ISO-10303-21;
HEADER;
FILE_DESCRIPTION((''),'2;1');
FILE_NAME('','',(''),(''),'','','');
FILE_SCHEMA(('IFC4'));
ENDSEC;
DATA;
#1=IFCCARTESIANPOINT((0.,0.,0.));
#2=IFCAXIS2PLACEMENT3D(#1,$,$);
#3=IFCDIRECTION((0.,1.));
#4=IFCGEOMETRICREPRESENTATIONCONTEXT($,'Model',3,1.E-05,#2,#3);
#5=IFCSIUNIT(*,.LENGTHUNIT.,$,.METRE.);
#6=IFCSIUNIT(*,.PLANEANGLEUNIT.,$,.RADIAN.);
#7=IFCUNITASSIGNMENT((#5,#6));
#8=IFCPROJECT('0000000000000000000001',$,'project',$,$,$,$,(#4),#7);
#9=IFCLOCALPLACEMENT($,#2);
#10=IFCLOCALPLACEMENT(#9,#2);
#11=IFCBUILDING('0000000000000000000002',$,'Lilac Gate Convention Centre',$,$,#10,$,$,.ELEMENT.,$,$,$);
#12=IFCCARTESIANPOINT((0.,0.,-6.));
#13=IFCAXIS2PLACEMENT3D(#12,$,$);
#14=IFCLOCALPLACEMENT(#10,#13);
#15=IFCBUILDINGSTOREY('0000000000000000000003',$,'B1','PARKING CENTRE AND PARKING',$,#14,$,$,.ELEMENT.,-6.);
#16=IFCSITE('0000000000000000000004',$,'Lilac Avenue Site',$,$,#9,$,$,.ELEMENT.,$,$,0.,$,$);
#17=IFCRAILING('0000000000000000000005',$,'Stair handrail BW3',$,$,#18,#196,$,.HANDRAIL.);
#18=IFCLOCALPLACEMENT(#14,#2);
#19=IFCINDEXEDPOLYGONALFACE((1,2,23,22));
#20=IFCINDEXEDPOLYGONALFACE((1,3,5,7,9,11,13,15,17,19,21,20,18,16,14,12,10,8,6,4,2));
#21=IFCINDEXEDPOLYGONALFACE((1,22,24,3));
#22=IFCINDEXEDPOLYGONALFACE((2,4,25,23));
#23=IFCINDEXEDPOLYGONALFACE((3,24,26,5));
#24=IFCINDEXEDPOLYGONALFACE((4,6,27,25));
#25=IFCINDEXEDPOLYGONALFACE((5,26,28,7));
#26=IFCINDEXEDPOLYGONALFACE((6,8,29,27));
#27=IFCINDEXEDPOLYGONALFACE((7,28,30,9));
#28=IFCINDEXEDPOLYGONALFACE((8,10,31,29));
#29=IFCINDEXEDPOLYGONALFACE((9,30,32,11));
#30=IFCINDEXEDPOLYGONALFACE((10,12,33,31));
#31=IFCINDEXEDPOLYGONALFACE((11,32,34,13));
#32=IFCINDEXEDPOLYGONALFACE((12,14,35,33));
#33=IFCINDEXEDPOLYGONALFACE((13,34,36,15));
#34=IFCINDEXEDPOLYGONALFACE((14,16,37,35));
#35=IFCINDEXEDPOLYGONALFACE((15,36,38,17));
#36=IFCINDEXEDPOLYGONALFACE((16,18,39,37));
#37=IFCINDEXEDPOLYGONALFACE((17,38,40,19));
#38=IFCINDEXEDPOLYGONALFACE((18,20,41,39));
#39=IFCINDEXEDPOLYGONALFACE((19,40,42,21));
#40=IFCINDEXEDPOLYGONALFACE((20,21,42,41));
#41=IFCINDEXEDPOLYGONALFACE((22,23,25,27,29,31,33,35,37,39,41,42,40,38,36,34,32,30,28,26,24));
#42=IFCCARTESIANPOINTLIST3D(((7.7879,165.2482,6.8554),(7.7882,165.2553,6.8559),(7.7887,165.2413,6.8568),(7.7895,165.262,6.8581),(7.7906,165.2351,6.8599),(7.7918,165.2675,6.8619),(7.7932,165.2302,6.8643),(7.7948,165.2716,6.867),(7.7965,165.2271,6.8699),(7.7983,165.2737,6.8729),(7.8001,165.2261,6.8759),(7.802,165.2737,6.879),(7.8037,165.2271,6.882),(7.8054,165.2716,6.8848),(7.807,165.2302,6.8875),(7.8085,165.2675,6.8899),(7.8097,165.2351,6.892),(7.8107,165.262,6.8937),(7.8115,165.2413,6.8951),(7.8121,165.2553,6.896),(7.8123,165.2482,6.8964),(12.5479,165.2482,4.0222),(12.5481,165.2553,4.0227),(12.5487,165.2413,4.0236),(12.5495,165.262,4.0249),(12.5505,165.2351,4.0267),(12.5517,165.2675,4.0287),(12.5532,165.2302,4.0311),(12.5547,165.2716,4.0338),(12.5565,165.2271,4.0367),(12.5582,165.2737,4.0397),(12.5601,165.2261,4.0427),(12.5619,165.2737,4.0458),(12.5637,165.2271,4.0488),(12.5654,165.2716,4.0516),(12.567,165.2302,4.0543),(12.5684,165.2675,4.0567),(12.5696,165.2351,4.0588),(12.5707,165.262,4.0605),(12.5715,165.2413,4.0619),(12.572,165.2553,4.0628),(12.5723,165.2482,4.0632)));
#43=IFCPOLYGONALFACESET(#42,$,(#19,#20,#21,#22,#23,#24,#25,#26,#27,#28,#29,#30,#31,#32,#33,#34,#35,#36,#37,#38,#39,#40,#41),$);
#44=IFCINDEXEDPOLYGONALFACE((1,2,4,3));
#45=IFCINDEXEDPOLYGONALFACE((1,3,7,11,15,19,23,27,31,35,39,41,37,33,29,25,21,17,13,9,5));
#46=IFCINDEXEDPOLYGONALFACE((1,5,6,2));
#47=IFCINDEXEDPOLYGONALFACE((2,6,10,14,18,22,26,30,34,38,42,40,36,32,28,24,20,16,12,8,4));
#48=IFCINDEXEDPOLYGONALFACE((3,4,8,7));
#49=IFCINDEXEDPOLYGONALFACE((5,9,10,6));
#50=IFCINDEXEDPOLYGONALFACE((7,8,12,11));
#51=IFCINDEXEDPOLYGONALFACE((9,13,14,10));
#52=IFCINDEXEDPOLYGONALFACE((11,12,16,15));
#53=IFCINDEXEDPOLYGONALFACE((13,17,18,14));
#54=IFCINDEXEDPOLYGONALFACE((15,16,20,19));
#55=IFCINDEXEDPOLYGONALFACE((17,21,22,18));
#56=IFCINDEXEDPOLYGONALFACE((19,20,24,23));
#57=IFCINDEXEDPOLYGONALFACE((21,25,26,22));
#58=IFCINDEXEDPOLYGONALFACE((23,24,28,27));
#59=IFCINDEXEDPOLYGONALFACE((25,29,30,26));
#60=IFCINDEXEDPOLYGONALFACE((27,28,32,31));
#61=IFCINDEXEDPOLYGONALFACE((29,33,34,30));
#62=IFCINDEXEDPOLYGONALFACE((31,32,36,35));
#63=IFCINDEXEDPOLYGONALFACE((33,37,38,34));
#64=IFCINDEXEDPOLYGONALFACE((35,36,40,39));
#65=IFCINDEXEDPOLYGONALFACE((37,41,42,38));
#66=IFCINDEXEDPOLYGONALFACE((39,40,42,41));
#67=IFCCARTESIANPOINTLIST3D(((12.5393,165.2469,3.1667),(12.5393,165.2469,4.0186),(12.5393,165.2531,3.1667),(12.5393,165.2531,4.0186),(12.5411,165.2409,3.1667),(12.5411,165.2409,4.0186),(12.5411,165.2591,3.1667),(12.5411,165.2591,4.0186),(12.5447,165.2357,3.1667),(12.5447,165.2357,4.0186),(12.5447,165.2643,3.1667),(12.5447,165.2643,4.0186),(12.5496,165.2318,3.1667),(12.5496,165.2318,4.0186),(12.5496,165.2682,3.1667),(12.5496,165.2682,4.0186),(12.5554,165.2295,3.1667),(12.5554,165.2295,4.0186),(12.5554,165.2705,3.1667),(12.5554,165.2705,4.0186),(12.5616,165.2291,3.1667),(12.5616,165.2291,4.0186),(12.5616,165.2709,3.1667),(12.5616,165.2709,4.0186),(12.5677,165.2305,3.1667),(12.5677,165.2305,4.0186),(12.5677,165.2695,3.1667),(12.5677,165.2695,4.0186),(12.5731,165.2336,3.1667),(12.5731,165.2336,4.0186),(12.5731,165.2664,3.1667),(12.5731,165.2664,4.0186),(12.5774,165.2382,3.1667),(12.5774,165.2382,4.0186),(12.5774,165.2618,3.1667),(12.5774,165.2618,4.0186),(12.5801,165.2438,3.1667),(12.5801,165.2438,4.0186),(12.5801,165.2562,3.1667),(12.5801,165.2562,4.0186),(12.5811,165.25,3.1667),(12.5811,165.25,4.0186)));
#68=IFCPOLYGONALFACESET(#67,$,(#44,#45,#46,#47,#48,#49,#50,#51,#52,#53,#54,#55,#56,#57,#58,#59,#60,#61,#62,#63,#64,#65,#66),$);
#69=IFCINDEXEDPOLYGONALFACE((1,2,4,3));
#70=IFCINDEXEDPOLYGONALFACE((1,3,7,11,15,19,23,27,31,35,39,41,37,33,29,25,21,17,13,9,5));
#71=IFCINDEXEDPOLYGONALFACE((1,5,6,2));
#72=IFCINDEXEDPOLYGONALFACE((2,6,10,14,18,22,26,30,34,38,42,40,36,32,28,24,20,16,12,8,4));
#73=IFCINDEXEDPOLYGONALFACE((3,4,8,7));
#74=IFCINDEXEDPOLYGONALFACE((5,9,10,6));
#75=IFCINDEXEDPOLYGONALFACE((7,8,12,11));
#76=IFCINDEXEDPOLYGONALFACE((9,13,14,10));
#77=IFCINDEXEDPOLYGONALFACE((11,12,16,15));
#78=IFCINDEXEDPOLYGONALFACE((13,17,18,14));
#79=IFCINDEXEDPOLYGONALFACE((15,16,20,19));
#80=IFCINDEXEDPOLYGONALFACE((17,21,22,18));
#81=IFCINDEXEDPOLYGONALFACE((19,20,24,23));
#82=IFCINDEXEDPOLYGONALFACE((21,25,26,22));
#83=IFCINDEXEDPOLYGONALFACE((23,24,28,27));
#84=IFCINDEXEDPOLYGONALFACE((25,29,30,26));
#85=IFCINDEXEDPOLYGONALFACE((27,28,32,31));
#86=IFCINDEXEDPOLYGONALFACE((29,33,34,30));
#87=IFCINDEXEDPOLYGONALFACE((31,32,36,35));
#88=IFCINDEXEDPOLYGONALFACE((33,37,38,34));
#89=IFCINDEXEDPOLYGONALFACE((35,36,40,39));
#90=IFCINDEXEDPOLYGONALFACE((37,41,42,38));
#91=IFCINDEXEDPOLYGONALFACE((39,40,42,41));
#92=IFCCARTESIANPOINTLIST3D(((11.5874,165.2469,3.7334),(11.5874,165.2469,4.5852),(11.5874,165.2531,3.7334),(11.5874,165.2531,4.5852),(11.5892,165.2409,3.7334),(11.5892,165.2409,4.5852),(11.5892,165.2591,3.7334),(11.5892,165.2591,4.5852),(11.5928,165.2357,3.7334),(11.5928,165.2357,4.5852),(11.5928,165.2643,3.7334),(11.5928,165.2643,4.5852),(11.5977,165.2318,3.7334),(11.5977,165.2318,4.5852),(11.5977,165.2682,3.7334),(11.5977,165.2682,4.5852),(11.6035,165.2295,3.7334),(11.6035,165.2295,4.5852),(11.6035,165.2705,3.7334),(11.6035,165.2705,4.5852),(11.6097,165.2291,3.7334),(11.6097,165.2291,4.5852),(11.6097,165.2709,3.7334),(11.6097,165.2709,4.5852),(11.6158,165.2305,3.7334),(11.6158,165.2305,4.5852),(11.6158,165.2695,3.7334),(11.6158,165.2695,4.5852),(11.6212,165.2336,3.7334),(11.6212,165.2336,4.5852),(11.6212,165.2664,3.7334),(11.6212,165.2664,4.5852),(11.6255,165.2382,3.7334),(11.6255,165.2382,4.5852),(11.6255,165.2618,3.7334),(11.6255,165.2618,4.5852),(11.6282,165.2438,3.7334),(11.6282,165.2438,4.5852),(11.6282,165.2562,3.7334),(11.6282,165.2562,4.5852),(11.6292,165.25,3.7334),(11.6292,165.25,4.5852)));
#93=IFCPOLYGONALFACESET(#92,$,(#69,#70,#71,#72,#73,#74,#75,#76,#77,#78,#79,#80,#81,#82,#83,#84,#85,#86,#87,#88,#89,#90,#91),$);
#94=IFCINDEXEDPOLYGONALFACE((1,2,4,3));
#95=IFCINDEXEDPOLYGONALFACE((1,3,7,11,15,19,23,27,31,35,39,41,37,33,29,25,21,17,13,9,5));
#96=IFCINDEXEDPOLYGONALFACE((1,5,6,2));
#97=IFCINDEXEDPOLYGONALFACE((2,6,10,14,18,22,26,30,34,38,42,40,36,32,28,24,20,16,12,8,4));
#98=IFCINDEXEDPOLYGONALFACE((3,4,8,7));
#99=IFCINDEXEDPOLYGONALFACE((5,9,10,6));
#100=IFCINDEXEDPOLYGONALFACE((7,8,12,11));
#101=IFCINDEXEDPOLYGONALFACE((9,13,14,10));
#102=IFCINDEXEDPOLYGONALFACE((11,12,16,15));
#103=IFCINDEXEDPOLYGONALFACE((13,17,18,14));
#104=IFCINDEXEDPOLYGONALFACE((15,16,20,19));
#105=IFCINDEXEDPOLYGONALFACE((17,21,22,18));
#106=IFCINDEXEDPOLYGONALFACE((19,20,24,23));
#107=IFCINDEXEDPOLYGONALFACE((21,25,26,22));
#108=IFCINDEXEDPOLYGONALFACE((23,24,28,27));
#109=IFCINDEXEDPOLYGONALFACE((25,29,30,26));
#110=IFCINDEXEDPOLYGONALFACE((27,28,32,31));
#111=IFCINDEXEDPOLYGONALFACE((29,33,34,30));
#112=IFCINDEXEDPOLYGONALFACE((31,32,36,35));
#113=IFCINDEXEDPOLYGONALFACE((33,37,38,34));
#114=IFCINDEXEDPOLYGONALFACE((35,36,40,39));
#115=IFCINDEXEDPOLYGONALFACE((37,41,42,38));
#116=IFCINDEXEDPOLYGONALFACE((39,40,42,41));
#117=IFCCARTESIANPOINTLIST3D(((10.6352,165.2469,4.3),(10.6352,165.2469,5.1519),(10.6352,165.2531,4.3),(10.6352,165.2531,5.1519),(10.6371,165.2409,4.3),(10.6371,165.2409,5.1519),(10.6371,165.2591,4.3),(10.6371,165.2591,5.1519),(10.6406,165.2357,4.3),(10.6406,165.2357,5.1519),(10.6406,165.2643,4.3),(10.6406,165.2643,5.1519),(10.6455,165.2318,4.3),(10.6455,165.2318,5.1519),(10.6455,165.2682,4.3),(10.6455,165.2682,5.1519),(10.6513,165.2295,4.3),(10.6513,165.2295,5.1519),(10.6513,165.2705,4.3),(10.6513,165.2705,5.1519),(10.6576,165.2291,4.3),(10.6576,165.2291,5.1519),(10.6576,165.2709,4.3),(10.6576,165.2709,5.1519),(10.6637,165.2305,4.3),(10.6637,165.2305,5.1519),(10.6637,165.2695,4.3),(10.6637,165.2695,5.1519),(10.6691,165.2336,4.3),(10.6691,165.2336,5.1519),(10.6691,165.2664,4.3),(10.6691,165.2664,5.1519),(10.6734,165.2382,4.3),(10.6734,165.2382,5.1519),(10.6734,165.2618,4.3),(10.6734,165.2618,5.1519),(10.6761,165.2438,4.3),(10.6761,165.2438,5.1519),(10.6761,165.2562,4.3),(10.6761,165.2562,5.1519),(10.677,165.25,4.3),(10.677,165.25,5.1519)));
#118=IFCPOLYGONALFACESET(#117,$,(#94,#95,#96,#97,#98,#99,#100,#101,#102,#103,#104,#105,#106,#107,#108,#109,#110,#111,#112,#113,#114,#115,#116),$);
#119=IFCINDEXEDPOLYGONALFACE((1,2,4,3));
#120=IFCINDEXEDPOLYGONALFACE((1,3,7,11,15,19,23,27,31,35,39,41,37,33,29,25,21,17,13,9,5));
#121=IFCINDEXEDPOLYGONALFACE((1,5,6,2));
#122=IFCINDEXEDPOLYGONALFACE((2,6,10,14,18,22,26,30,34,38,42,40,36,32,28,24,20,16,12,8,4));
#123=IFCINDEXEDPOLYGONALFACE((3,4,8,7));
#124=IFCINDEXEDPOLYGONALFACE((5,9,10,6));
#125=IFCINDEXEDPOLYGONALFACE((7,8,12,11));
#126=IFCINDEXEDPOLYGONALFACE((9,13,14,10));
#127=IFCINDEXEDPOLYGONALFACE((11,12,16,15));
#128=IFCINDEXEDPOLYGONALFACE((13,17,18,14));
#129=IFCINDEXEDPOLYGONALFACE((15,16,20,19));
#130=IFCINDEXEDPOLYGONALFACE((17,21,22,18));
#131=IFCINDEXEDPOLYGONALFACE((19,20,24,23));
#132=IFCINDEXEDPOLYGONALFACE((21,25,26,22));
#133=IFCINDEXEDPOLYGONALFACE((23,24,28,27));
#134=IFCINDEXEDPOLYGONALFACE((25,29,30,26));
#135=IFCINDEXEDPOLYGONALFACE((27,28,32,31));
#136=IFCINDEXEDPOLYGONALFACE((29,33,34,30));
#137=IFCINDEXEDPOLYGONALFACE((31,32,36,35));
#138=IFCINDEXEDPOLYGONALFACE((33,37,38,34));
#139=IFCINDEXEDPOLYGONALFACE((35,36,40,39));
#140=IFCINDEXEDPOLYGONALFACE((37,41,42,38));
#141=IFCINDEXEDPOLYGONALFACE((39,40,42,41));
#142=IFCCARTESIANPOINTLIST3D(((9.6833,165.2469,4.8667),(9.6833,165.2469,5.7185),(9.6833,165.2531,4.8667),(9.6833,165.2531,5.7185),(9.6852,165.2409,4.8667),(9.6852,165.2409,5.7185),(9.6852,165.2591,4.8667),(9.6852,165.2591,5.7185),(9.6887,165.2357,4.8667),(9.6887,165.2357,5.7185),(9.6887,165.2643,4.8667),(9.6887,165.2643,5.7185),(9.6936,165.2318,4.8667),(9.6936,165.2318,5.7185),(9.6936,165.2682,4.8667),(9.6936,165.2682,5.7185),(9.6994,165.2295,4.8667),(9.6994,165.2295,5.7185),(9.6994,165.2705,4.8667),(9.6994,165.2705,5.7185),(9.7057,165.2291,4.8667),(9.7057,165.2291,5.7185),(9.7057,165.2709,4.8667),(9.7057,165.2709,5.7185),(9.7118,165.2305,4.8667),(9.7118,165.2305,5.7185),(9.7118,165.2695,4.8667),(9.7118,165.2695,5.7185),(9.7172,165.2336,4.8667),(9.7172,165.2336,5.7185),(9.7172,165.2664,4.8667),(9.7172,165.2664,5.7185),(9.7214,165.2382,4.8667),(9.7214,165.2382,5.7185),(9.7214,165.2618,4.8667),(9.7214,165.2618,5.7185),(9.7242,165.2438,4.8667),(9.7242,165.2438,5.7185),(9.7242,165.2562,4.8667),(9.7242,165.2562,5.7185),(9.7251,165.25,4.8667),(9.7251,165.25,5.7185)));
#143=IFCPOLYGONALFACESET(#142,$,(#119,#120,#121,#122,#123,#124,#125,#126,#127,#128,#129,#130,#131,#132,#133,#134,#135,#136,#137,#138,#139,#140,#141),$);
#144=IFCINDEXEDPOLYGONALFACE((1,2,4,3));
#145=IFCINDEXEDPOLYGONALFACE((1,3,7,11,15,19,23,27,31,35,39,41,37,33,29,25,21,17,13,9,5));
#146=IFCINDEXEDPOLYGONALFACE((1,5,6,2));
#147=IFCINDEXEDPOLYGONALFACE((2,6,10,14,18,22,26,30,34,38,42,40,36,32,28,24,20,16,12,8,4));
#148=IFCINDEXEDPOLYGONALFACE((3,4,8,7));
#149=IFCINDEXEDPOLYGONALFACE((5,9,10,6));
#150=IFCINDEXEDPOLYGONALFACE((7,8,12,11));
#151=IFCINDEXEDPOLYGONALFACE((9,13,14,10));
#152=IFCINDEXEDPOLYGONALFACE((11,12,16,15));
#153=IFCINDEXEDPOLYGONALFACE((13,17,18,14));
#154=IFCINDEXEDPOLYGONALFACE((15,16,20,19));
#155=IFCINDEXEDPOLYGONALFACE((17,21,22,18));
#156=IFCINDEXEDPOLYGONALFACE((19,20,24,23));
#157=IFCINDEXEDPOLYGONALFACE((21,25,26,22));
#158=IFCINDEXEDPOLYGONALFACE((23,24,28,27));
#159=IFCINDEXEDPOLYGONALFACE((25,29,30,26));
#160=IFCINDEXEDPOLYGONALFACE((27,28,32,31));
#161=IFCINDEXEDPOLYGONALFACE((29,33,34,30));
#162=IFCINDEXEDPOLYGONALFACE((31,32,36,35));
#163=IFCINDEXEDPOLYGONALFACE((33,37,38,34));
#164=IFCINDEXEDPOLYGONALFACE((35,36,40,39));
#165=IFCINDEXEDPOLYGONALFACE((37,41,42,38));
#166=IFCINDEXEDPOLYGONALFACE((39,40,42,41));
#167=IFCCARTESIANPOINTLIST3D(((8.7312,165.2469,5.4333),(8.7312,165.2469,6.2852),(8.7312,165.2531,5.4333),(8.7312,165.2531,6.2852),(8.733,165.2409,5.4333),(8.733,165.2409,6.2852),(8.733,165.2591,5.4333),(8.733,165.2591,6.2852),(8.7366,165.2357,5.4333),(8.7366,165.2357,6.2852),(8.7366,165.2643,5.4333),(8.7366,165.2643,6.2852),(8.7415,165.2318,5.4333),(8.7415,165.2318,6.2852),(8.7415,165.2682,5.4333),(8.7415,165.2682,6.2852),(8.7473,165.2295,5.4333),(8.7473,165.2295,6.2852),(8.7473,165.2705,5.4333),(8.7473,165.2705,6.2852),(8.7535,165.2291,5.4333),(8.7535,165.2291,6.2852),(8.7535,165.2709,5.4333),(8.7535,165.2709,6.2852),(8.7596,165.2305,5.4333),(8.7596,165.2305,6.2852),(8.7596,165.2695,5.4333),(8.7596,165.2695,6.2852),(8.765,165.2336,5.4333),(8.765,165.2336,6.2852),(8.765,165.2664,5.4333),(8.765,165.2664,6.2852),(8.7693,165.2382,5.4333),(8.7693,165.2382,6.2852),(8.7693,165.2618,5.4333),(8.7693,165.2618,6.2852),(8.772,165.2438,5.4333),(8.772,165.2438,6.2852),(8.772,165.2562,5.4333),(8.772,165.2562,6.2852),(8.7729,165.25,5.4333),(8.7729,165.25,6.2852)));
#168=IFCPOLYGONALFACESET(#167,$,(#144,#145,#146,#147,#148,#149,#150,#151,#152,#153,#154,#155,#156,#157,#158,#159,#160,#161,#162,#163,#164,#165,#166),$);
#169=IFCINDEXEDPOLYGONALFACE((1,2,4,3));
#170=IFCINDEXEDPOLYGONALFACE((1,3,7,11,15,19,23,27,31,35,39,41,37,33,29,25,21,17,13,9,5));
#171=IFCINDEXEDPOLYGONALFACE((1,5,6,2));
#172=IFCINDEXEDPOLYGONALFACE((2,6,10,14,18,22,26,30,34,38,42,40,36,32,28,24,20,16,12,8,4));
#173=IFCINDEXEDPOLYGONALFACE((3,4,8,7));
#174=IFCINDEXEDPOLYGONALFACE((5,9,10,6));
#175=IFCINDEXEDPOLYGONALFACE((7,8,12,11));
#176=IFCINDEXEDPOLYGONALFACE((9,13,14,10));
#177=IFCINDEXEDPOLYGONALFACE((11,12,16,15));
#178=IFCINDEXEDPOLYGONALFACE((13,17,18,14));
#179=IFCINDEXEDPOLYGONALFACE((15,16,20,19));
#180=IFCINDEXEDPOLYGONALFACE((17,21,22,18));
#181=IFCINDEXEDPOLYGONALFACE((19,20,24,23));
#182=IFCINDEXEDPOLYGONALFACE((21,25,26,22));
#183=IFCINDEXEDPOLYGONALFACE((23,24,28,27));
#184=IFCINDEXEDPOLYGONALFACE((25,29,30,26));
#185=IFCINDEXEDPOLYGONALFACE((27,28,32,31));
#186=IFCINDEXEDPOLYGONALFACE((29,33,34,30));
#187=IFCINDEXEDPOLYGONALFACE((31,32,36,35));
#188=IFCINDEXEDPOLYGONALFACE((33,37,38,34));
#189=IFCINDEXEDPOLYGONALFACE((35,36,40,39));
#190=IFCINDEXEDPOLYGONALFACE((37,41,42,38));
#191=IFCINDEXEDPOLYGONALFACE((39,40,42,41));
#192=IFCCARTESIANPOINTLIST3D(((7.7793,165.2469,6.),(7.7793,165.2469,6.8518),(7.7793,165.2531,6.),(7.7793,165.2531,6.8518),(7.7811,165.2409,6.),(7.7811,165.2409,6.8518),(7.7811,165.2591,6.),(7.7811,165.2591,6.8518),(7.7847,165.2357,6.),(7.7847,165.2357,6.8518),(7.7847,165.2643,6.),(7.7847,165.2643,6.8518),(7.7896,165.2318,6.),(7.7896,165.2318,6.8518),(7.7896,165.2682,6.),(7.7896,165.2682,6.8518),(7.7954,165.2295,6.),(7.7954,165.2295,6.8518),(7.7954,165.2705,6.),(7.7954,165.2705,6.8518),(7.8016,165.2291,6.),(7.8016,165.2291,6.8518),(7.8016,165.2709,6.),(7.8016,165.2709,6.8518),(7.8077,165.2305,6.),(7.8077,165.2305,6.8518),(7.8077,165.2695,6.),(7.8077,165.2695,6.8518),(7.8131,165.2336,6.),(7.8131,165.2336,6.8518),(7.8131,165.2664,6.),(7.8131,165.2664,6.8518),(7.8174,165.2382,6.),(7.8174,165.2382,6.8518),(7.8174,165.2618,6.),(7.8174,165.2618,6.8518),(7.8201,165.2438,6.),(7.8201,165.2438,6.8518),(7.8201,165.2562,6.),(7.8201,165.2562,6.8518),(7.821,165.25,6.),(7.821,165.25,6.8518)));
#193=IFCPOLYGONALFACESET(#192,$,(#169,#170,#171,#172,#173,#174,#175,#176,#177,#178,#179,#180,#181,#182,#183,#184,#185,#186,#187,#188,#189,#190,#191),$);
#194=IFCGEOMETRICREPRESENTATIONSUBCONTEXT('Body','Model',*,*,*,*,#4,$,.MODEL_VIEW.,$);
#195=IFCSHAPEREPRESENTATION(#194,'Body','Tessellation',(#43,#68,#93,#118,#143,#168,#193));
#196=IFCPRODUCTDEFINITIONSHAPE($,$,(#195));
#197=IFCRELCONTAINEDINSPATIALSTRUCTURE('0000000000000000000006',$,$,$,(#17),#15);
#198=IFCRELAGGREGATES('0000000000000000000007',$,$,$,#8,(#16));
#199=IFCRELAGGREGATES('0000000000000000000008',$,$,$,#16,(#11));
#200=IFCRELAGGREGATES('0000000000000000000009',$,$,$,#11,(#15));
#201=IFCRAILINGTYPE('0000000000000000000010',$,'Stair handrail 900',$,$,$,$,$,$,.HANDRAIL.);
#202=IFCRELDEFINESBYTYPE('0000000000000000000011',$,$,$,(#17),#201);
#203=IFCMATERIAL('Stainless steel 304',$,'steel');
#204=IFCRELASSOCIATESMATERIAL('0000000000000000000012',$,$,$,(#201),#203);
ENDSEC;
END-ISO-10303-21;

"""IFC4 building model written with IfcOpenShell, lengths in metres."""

from ifc_helpers import new_model, si_unit, direction, frame, origin, origin_2d, place, context, subcontext, project, spatial, circle, extrude, material, type_object, element, save


model = new_model("IFC4")

# Units and contexts
model_context = context("Model", 3, precision=1e-05, world=origin(), true_north=direction((0.0, 1.0)))
body_context = subcontext(model_context, "Body", "Model", "MODEL_VIEW")
ifc_project = project(units=[si_unit("LENGTHUNIT", "METRE"), si_unit("PLANEANGLEUNIT", "RADIAN")], contexts=[model_context])

# Site, building, storey
site_placement = place(None, origin())
site = spatial("IfcSite", under=ifc_project, at=site_placement, Name="Lilac Avenue Site", CompositionType="ELEMENT", RefElevation=0.0)
building_placement = place(site_placement, origin())
building = spatial("IfcBuilding", under=site, at=building_placement, Name="Lilac Gate Convention Centre", CompositionType="ELEMENT")
storey_placement = place(building_placement, frame((0.0, 0.0, -6.0)))
storey = spatial("IfcBuildingStorey", under=building, at=storey_placement, Name="B1", Description="PARKING CENTRE AND PARKING", CompositionType="ELEMENT", Elevation=-6.0)

# Railing
ifc_material_1 = material(Name="Stainless steel 304", Category="steel")
railing_type = type_object("IfcRailingType", Name="Stair handrail 900", PredefinedType="HANDRAIL", material=ifc_material_1)
for number, where, name in (
    (1, (12.5601, 165.25, 3.1667), "Stair handrail BW3"),
):
    element("IfcRailing", number, at=place(storey_placement, frame(where)), inside=storey, type_object=railing_type, Name=name, PredefinedType="HANDRAIL", context=body_context, shape_type="SweptSolid", body=[
        extrude(circle(Radius=0.0239, at=origin_2d()), frame((0.0, 0.0, 0.876), z_axis=(-0.8593, 0.0, 0.511472), x_axis=(0.0, -1.0, 0.0)), (0.0, 0.0, 1.0), 5.5393),
        extrude(circle(Radius=0.021, at=origin_2d()), origin(), (0.0, 0.0, 1.0), 0.8518),
        extrude(circle(Radius=0.021, at=origin_2d()), frame((-0.9519, 0.0, 0.5667)), (0.0, 0.0, 1.0), 0.8518),
        extrude(circle(Radius=0.021, at=origin_2d()), frame((-1.9041, 0.0, 1.1333)), (0.0, 0.0, 1.0), 0.8518),
        extrude(circle(Radius=0.021, at=origin_2d()), frame((-2.856, 0.0, 1.7)), (0.0, 0.0, 1.0), 0.8518),
        extrude(circle(Radius=0.021, at=origin_2d()), frame((-3.8081, 0.0, 2.2666)), (0.0, 0.0, 1.0), 0.8518),
        extrude(circle(Radius=0.021, at=origin_2d()), frame((-4.76, 0.0, 2.8333)), (0.0, 0.0, 1.0), 0.8518),
    ])

save(model, "model.ifc")
